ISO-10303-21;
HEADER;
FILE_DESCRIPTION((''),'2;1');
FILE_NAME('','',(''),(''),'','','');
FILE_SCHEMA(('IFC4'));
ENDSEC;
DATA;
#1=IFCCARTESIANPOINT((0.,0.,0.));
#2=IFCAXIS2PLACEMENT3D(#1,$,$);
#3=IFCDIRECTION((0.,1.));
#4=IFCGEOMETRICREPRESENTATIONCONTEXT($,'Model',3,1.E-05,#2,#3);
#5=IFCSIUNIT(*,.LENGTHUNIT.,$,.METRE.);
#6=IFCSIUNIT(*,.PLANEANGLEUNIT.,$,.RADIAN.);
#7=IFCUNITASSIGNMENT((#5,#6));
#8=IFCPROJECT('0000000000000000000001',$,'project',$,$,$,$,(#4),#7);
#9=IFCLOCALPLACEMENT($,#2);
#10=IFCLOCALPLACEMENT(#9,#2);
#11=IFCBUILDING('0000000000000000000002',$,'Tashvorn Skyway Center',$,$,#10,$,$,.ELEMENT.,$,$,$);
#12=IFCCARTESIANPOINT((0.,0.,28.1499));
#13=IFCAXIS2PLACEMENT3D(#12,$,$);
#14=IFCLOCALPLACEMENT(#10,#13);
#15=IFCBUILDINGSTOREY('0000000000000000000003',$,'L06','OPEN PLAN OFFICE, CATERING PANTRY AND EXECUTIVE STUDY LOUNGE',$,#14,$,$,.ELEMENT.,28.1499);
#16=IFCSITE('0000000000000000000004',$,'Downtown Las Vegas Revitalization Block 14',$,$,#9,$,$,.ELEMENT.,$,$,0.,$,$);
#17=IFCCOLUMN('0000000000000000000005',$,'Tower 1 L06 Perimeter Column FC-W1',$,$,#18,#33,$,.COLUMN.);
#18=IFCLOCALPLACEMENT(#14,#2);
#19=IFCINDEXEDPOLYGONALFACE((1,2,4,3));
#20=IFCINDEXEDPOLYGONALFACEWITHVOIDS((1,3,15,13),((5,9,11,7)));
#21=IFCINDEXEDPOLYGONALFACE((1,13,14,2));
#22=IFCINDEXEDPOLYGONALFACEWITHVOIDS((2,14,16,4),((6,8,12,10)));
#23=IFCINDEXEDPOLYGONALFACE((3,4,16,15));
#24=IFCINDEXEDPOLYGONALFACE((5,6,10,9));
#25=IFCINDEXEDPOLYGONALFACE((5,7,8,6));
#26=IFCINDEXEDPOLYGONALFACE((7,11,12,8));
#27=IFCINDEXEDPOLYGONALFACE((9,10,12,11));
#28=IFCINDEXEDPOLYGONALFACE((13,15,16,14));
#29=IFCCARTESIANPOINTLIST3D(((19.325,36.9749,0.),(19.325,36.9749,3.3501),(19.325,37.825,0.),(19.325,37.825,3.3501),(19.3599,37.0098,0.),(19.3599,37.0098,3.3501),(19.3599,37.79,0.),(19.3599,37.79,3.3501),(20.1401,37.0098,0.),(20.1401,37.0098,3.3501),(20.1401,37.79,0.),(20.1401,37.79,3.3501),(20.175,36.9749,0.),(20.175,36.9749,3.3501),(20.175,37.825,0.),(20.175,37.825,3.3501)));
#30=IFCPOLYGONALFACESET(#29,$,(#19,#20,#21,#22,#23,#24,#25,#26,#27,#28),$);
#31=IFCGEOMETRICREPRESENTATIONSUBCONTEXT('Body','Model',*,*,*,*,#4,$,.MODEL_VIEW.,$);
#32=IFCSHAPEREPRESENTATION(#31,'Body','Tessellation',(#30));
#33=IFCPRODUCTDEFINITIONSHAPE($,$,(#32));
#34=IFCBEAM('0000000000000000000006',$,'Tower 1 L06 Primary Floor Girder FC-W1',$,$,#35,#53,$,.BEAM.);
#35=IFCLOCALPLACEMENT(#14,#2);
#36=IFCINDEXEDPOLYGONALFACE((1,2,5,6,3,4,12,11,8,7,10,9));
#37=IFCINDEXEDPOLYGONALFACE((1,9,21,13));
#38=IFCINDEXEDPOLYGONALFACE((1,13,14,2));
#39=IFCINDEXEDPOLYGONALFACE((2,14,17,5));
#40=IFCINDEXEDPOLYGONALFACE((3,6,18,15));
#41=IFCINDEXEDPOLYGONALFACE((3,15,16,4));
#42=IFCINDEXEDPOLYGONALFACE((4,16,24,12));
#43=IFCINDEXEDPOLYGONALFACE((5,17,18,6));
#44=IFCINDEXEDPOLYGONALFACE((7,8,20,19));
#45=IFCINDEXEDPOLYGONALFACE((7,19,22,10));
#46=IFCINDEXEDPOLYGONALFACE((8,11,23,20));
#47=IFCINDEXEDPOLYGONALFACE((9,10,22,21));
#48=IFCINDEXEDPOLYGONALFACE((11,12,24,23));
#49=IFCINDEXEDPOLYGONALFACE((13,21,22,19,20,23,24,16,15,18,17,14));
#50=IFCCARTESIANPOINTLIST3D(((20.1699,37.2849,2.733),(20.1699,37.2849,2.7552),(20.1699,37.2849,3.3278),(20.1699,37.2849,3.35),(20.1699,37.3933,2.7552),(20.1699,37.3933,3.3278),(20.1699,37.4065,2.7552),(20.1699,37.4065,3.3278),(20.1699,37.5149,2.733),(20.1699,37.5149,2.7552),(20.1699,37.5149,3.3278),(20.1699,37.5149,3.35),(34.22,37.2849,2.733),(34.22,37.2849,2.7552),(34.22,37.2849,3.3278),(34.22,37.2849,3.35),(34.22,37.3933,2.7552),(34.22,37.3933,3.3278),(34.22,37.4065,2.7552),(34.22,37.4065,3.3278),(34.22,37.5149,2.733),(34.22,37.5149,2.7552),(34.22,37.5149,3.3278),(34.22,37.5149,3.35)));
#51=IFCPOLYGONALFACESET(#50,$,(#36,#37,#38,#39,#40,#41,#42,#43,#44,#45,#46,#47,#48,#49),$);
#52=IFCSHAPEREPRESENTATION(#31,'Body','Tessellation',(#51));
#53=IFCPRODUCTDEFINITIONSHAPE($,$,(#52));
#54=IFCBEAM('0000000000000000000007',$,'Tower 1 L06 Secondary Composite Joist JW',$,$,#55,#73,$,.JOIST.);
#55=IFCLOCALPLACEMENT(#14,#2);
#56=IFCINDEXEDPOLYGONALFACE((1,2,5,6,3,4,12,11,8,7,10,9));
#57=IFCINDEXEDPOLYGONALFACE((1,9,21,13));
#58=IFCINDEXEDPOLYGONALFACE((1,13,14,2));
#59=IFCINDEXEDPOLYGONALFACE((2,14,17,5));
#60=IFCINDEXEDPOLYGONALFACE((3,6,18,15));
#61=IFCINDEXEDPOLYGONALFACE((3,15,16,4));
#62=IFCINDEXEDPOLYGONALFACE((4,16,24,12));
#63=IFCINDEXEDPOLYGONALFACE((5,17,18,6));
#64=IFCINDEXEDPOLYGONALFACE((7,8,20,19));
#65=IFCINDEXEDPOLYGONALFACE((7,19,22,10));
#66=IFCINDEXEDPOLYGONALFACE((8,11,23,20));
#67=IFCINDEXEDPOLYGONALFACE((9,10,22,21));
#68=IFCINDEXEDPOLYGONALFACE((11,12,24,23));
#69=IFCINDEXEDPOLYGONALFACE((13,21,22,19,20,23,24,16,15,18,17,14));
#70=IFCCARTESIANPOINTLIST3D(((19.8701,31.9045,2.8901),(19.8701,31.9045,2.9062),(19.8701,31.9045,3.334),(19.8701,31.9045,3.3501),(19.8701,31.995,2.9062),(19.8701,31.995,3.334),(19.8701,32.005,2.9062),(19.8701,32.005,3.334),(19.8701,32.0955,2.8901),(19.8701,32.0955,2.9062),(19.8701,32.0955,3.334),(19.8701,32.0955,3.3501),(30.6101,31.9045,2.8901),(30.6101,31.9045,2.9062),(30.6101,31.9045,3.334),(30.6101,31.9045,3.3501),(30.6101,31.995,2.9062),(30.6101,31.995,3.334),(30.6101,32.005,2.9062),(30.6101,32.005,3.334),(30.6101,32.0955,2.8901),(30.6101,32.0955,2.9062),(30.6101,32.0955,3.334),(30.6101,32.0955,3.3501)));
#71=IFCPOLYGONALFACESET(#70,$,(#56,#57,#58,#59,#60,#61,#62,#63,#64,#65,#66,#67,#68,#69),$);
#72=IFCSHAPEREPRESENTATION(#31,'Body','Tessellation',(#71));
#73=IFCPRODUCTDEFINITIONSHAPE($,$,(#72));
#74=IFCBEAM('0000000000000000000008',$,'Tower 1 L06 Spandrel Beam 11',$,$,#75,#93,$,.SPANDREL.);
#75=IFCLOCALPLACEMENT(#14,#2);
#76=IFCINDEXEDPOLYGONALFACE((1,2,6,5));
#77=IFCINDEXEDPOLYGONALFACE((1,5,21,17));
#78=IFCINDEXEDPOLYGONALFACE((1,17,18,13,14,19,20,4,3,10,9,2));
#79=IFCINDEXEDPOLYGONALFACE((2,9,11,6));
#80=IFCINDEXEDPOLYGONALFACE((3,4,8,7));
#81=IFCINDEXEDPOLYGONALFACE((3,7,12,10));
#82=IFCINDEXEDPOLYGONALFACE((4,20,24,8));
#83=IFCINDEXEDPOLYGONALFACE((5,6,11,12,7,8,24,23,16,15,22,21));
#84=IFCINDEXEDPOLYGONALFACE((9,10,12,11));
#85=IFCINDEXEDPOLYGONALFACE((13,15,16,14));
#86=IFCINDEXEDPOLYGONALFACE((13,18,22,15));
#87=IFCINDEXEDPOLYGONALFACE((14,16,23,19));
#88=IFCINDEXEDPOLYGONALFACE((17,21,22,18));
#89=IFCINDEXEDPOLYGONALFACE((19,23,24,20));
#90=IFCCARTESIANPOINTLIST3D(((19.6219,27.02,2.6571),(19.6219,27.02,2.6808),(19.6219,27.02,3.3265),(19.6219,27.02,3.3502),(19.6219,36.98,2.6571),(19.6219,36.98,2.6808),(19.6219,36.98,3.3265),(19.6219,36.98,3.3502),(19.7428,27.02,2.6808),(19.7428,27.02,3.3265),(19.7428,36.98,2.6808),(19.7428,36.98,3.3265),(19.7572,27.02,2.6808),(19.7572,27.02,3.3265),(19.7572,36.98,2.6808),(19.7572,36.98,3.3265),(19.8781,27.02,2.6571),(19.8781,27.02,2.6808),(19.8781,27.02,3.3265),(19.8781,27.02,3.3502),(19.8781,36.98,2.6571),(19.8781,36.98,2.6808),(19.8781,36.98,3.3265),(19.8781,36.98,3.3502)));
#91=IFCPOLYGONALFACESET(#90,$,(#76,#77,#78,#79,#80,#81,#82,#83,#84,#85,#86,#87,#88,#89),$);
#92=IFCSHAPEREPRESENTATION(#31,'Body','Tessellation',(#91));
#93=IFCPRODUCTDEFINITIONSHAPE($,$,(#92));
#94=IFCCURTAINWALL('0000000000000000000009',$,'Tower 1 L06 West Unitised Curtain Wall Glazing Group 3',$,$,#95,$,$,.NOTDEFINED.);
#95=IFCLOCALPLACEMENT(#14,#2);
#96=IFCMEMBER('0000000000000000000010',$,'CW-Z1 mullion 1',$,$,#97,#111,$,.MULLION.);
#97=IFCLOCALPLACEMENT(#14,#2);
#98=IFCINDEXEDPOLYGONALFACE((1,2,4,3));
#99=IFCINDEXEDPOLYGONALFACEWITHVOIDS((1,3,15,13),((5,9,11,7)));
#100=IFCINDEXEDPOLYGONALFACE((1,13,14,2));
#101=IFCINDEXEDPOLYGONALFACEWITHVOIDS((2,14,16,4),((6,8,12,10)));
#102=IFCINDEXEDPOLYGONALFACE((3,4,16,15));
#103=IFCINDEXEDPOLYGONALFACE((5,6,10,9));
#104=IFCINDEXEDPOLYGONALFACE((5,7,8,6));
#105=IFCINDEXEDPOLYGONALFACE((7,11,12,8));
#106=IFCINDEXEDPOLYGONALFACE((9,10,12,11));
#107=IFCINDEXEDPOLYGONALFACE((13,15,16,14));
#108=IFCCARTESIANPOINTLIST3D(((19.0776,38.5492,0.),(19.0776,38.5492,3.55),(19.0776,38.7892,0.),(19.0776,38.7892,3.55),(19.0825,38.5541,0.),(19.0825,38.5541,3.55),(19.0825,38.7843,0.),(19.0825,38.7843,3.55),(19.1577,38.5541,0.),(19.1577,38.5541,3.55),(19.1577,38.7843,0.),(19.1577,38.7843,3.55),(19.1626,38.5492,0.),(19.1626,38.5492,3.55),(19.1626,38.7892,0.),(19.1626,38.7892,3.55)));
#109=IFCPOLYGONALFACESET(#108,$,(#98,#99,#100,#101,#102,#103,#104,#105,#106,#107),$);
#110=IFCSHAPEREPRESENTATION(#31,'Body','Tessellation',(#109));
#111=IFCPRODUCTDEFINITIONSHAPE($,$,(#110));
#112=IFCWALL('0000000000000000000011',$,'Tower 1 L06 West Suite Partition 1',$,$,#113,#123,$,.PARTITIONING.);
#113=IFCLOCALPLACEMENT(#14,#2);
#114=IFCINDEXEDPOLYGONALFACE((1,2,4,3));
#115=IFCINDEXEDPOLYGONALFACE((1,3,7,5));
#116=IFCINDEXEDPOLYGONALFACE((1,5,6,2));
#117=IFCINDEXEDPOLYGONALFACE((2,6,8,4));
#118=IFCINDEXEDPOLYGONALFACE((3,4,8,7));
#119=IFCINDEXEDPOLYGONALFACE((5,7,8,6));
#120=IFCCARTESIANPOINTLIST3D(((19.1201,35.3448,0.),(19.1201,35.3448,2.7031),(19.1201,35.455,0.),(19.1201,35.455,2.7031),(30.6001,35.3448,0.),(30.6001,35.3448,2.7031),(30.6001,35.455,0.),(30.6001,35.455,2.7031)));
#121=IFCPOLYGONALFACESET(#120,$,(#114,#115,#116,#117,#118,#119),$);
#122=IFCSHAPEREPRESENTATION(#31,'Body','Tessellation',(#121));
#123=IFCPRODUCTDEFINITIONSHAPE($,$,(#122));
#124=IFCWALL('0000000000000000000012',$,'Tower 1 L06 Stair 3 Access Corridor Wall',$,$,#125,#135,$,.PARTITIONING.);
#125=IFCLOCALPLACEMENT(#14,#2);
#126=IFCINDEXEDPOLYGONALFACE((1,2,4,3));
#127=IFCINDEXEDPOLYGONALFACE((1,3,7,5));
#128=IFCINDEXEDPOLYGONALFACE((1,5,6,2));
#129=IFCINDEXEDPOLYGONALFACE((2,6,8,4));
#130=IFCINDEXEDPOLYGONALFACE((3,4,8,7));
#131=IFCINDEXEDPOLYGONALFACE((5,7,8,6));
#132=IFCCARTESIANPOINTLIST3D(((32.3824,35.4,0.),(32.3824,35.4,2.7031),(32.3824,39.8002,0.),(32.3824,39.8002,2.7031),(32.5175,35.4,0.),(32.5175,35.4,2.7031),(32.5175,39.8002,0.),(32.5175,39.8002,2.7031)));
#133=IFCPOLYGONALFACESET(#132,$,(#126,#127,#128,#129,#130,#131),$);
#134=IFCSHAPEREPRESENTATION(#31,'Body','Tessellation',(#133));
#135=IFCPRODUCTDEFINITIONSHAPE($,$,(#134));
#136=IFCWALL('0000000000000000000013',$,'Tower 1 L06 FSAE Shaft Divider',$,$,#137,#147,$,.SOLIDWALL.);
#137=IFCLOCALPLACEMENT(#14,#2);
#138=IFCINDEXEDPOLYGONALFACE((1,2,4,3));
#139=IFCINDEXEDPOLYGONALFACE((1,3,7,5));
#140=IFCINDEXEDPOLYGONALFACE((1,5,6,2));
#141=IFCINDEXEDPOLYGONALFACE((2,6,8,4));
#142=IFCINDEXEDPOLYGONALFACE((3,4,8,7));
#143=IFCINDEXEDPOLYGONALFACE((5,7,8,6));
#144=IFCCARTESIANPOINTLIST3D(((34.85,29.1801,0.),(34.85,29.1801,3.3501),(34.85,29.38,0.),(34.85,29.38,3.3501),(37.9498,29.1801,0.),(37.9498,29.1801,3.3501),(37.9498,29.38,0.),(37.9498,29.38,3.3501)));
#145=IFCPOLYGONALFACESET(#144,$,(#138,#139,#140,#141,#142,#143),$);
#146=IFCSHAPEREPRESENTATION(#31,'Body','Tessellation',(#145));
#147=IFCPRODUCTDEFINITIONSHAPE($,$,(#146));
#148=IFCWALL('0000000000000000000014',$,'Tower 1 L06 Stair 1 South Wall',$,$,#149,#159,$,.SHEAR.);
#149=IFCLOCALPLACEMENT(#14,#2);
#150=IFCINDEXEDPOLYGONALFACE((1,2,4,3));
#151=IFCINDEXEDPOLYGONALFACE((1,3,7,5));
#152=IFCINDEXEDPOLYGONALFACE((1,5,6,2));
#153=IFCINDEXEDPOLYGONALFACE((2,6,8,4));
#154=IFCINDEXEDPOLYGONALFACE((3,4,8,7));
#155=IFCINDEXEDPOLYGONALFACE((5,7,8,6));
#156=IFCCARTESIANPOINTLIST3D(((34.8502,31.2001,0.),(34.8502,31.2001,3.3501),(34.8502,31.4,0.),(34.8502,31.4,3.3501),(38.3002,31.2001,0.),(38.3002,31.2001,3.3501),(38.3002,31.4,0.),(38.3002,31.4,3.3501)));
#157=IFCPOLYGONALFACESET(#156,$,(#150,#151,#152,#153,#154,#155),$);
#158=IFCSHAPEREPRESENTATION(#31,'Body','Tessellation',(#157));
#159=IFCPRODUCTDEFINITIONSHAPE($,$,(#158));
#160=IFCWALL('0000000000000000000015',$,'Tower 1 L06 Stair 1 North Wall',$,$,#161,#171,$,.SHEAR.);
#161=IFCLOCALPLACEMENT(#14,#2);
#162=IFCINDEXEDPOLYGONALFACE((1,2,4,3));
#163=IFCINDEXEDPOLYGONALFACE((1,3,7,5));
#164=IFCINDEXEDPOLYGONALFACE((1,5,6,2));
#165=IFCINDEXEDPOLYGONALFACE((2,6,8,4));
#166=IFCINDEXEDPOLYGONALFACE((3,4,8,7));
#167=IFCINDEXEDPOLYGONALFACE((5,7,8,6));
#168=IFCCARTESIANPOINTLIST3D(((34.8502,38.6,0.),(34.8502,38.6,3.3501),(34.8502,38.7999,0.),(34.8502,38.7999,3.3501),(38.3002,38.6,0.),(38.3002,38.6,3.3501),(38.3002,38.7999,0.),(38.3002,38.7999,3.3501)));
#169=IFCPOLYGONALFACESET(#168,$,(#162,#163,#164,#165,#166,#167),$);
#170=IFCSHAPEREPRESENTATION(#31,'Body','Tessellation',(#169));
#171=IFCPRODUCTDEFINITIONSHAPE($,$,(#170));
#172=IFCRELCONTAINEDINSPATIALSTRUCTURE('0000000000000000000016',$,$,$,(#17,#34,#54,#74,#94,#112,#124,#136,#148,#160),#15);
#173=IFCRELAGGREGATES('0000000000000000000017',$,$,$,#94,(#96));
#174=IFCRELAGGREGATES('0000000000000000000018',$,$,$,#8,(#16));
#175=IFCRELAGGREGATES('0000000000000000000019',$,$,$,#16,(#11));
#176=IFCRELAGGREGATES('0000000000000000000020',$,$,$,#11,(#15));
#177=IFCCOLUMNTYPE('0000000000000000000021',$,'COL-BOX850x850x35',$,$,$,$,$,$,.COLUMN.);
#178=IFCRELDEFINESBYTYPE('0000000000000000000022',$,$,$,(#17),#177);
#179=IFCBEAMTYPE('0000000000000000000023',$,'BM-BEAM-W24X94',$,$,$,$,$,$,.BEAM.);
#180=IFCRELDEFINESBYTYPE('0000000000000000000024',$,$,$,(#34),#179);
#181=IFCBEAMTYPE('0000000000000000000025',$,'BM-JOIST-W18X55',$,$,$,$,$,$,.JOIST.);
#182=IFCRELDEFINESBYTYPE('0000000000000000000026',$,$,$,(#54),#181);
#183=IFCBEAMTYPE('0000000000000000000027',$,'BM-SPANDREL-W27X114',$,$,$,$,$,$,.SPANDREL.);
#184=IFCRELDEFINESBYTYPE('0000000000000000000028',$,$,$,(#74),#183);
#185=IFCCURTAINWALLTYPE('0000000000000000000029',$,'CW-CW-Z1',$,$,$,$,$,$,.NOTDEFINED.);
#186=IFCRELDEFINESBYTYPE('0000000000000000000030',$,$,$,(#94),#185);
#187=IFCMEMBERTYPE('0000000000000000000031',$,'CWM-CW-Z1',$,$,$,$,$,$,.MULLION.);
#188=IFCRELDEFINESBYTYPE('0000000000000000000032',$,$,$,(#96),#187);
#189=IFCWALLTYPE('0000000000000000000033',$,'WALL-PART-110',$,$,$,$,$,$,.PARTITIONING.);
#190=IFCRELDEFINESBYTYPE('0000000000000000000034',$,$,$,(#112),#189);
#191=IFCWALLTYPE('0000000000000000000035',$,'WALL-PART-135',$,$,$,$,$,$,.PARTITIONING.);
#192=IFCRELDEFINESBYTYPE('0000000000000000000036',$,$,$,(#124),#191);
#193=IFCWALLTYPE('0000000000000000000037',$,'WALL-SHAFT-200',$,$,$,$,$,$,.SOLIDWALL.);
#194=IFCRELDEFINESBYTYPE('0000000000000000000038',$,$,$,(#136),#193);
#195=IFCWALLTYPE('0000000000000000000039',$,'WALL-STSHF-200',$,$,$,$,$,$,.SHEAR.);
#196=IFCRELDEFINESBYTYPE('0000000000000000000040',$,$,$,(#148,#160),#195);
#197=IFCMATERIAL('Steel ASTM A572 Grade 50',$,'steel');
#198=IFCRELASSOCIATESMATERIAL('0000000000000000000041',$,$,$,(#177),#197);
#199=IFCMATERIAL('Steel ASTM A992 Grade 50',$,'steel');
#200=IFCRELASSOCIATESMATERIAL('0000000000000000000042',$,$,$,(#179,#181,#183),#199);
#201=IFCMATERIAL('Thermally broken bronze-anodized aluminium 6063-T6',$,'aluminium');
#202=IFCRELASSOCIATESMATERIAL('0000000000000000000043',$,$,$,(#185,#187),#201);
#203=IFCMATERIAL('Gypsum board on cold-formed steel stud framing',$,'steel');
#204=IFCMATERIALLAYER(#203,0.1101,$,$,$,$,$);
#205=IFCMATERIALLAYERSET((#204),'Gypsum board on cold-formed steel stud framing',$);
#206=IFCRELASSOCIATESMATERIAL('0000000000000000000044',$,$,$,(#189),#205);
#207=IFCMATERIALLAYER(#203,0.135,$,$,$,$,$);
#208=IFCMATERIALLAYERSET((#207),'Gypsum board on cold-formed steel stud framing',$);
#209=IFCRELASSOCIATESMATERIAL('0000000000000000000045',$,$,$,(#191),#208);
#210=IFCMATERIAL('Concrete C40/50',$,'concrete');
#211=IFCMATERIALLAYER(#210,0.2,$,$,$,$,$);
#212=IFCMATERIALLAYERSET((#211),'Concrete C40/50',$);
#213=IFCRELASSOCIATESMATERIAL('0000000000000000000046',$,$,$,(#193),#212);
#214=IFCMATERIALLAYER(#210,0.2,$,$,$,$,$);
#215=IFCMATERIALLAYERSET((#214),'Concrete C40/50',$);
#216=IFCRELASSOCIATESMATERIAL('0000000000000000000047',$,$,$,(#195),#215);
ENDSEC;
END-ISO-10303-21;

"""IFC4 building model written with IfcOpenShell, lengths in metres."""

from ifc_helpers import new_model, si_unit, direction, frame, frame_2d, origin, origin_2d, place, context, subcontext, project, spatial, rectangle, hollow_rectangle, i_section, extrude, material, layer, layer_set, material_profile, profile_set, type_object, element, aggregate, save


model = new_model("IFC4")

# Units and contexts
model_context = context("Model", 3, precision=1e-05, world=origin(), true_north=direction((0.0, 1.0)))
body_context = subcontext(model_context, "Body", "Model", "MODEL_VIEW")
ifc_project = project(units=[si_unit("LENGTHUNIT", "METRE"), si_unit("PLANEANGLEUNIT", "RADIAN")], contexts=[model_context])

# Site, building, storey
site_placement = place(None, origin())
site = spatial("IfcSite", under=ifc_project, at=site_placement, Name="Downtown Las Vegas Revitalization Block 14", CompositionType="ELEMENT", RefElevation=0.0)
building_placement = place(site_placement, origin())
building = spatial("IfcBuilding", under=site, at=building_placement, Name="Tashvorn Skyway Center", CompositionType="ELEMENT")
storey_placement = place(building_placement, frame((0.0, 0.0, 28.1499)))
storey = spatial("IfcBuildingStorey", under=building, at=storey_placement, Name="L06", Description="OPEN PLAN OFFICE, CATERING PANTRY AND EXECUTIVE STUDY LOUNGE", CompositionType="ELEMENT", Elevation=28.1499)

# Column
ifc_material_1 = material(Name="Steel ASTM A572 Grade 50", Category="steel")
ifc_material_profile_1 = material_profile(ifc_material_1, hollow_rectangle(XDim=0.8501, YDim=0.8501, WallThickness=0.0349, at=origin_2d()), Name="BOX850x850x35")
ifc_profile_set_1 = profile_set([ifc_material_profile_1], Name="Steel ASTM A572 Grade 50")
column_type = type_object("IfcColumnType", Name="COL-BOX850x850x35", PredefinedType="COLUMN", material=ifc_profile_set_1)
column_placement = place(storey_placement, frame((19.75, 37.3999, 0.0), z_axis=(0.0, 0.0, 1.0), x_axis=(1.0, 0.0, 0.0)))
element("IfcColumn", 1, at=column_placement, inside=storey, type_object=column_type, Name="Tower 1 L06 Perimeter Column FC-W1", PredefinedType="COLUMN", context=body_context, shape_type="SweptSolid", body=[
    extrude(hollow_rectangle(XDim=0.8501, YDim=0.8501, WallThickness=0.0349, at=origin_2d()), origin(), (0.0, 0.0, 1.0), 3.3501),
])

# Beams
ifc_material_2 = material(Name="Steel ASTM A992 Grade 50", Category="steel")
ifc_material_profile_2 = material_profile(ifc_material_2, i_section(OverallWidth=0.23, OverallDepth=0.6169, WebThickness=0.0132, FlangeThickness=0.0222, at=origin_2d()), Name="W24X94")
ifc_profile_set_2 = profile_set([ifc_material_profile_2], Name="Steel ASTM A992 Grade 50")
beam_type_1 = type_object("IfcBeamType", Name="BM-BEAM-W24X94", PredefinedType="BEAM", material=ifc_profile_set_2)
beam_1_placement = place(storey_placement, frame((20.1699, 37.3999, 3.0415), z_axis=(1.0, 0.0, 0.0), x_axis=(0.0, 1.0, 0.0)))
element("IfcBeam", 2, at=beam_1_placement, inside=storey, type_object=beam_type_1, Name="Tower 1 L06 Primary Floor Girder FC-W1", PredefinedType="BEAM", context=body_context, shape_type="SweptSolid", body=[
    extrude(i_section(OverallWidth=0.23, OverallDepth=0.6169, WebThickness=0.0132, FlangeThickness=0.0222, at=origin_2d()), origin(), (0.0, 0.0, 1.0), 14.05),
])
ifc_material_profile_3 = material_profile(ifc_material_2, i_section(OverallWidth=0.1909, OverallDepth=0.46, WebThickness=0.01, FlangeThickness=0.0161, at=origin_2d()), Name="W18X55")
ifc_profile_set_3 = profile_set([ifc_material_profile_3], Name="Steel ASTM A992 Grade 50")
beam_type_2 = type_object("IfcBeamType", Name="BM-JOIST-W18X55", PredefinedType="JOIST", material=ifc_profile_set_3)
beam_2_placement = place(storey_placement, frame((30.6101, 32.0, 3.1201), z_axis=(-1.0, 0.0, 0.0), x_axis=(0.0, -1.0, 0.0)))
element("IfcBeam", 3, at=beam_2_placement, inside=storey, type_object=beam_type_2, Name="Tower 1 L06 Secondary Composite Joist JW", PredefinedType="JOIST", context=body_context, shape_type="SweptSolid", body=[
    extrude(i_section(OverallWidth=0.1909, OverallDepth=0.46, WebThickness=0.01, FlangeThickness=0.0161, at=origin_2d()), origin(), (0.0, 0.0, 1.0), 10.74),
])
ifc_material_profile_4 = material_profile(ifc_material_2, i_section(OverallWidth=0.2561, OverallDepth=0.6931, WebThickness=0.0144, FlangeThickness=0.0237, at=origin_2d()), Name="W27X114")
ifc_profile_set_4 = profile_set([ifc_material_profile_4], Name="Steel ASTM A992 Grade 50")
beam_type_3 = type_object("IfcBeamType", Name="BM-SPANDREL-W27X114", PredefinedType="SPANDREL", material=ifc_profile_set_4)
beam_3_placement = place(storey_placement, frame((19.75, 36.98, 3.0037), z_axis=(0.0, -1.0, 0.0), x_axis=(1.0, 0.0, 0.0)))
element("IfcBeam", 4, at=beam_3_placement, inside=storey, type_object=beam_type_3, Name="Tower 1 L06 Spandrel Beam 11", PredefinedType="SPANDREL", context=body_context, shape_type="SweptSolid", body=[
    extrude(i_section(OverallWidth=0.2561, OverallDepth=0.6931, WebThickness=0.0144, FlangeThickness=0.0237, at=origin_2d()), origin(), (0.0, 0.0, 1.0), 9.96),
])

# Curtain wall, member
ifc_material_3 = material(Name="Thermally broken bronze-anodized aluminium 6063-T6", Category="aluminium")
curtain_wall_type = type_object("IfcCurtainWallType", Name="CW-CW-Z1", PredefinedType="NOTDEFINED", material=ifc_material_3)
curtain_wall_placement = place(storey_placement, origin())
curtain_wall = element("IfcCurtainWall", 5, at=curtain_wall_placement, inside=storey, type_object=curtain_wall_type, Name="Tower 1 L06 West Unitised Curtain Wall Glazing Group 3", PredefinedType="NOTDEFINED")
ifc_material_profile_5 = material_profile(ifc_material_3, hollow_rectangle(XDim=0.085, YDim=0.24, WallThickness=0.0049, at=origin_2d()), Name="ALU-MULL-85x240")
ifc_profile_set_5 = profile_set([ifc_material_profile_5], Name="Thermally broken bronze-anodized aluminium 6063-T6")
member_type = type_object("IfcMemberType", Name="CWM-CW-Z1", PredefinedType="MULLION", material=ifc_profile_set_5)
member_placement = place(storey_placement, frame((19.1201, 38.6692, 0.0), z_axis=(0.0, 0.0, 1.0), x_axis=(-1.0, 0.0, 0.0)))
member = element("IfcMember", 6, at=member_placement, type_object=member_type, Name="CW-Z1 mullion 1", PredefinedType="MULLION", context=body_context, shape_type="SweptSolid", body=[
    extrude(hollow_rectangle(XDim=0.085, YDim=0.24, WallThickness=0.0049, at=origin_2d()), origin(), (0.0, 0.0, 1.0), 3.55),
])
aggregate(curtain_wall, [member])

# Walls
ifc_material_4 = material(Name="Gypsum board on cold-formed steel stud framing", Category="steel")
ifc_layer_1 = layer(ifc_material_4, 0.1101)
ifc_layer_set_1 = layer_set([ifc_layer_1], Name="Gypsum board on cold-formed steel stud framing")
wall_type_1 = type_object("IfcWallType", Name="WALL-PART-110", PredefinedType="PARTITIONING", material=ifc_layer_set_1)
wall_1_placement = place(storey_placement, frame((30.6001, 35.3999, 0.0), z_axis=(0.0, 0.0, 1.0), x_axis=(-1.0, 0.0, 0.0)))
element("IfcWall", 7, at=wall_1_placement, inside=storey, type_object=wall_type_1, Name="Tower 1 L06 West Suite Partition 1", PredefinedType="PARTITIONING", context=body_context, shape_type="SweptSolid", body=[
    extrude(rectangle(XDim=11.48, YDim=0.1101, at=frame_2d((5.74, 0.0))), origin(), (0.0, 0.0, 1.0), 2.7031),
])
ifc_layer_2 = layer(ifc_material_4, 0.135)
ifc_layer_set_2 = layer_set([ifc_layer_2], Name="Gypsum board on cold-formed steel stud framing")
wall_type_2 = type_object("IfcWallType", Name="WALL-PART-135", PredefinedType="PARTITIONING", material=ifc_layer_set_2)
wall_2_placement = place(storey_placement, frame((32.45, 35.3999, 0.0), z_axis=(0.0, 0.0, 1.0), x_axis=(0.0, 1.0, 0.0)))
element("IfcWall", 8, at=wall_2_placement, inside=storey, type_object=wall_type_2, Name="Tower 1 L06 Stair 3 Access Corridor Wall", PredefinedType="PARTITIONING", context=body_context, shape_type="SweptSolid", body=[
    extrude(rectangle(XDim=4.4001, YDim=0.135, at=frame_2d((2.2002, 0.0))), origin(), (0.0, 0.0, 1.0), 2.7031),
])
ifc_material_5 = material(Name="Concrete C40/50", Category="concrete")
ifc_layer_3 = layer(ifc_material_5, 0.2)
ifc_layer_set_3 = layer_set([ifc_layer_3], Name="Concrete C40/50")
wall_type_3 = type_object("IfcWallType", Name="WALL-SHAFT-200", PredefinedType="SOLIDWALL", material=ifc_layer_set_3)
wall_3_placement = place(storey_placement, frame((34.8501, 29.28, 0.0), z_axis=(0.0, 0.0, 1.0), x_axis=(1.0, 0.0, 0.0)))
element("IfcWall", 9, at=wall_3_placement, inside=storey, type_object=wall_type_3, Name="Tower 1 L06 FSAE Shaft Divider", PredefinedType="SOLIDWALL", context=body_context, shape_type="SweptSolid", body=[
    extrude(rectangle(XDim=3.0999, YDim=0.2, at=frame_2d((1.5498, 0.0))), origin(), (0.0, 0.0, 1.0), 3.3501),
])
ifc_layer_4 = layer(ifc_material_5, 0.2)
ifc_layer_set_4 = layer_set([ifc_layer_4], Name="Concrete C40/50")
wall_type_4 = type_object("IfcWallType", Name="WALL-STSHF-200", PredefinedType="SHEAR", material=ifc_layer_set_4)
for number, where, z_axis, x_axis, name in (
    (10, (34.8501, 31.3, 0.0), (0.0, 0.0, 1.0), (1.0, 0.0, 0.0), "Tower 1 L06 Stair 1 South Wall"),
    (11, (34.8501, 38.7, 0.0), (0.0, 0.0, 1.0), (1.0, 0.0, 0.0), "Tower 1 L06 Stair 1 North Wall"),
):
    element("IfcWall", number, at=place(storey_placement, frame(where, z_axis=z_axis, x_axis=x_axis)), inside=storey, type_object=wall_type_4, Name=name, PredefinedType="SHEAR", context=body_context, shape_type="SweptSolid", body=[
        extrude(rectangle(XDim=3.45, YDim=0.2, at=frame_2d((1.7251, 0.0))), origin(), (0.0, 0.0, 1.0), 3.3501),
    ])

save(model, "model.ifc")
